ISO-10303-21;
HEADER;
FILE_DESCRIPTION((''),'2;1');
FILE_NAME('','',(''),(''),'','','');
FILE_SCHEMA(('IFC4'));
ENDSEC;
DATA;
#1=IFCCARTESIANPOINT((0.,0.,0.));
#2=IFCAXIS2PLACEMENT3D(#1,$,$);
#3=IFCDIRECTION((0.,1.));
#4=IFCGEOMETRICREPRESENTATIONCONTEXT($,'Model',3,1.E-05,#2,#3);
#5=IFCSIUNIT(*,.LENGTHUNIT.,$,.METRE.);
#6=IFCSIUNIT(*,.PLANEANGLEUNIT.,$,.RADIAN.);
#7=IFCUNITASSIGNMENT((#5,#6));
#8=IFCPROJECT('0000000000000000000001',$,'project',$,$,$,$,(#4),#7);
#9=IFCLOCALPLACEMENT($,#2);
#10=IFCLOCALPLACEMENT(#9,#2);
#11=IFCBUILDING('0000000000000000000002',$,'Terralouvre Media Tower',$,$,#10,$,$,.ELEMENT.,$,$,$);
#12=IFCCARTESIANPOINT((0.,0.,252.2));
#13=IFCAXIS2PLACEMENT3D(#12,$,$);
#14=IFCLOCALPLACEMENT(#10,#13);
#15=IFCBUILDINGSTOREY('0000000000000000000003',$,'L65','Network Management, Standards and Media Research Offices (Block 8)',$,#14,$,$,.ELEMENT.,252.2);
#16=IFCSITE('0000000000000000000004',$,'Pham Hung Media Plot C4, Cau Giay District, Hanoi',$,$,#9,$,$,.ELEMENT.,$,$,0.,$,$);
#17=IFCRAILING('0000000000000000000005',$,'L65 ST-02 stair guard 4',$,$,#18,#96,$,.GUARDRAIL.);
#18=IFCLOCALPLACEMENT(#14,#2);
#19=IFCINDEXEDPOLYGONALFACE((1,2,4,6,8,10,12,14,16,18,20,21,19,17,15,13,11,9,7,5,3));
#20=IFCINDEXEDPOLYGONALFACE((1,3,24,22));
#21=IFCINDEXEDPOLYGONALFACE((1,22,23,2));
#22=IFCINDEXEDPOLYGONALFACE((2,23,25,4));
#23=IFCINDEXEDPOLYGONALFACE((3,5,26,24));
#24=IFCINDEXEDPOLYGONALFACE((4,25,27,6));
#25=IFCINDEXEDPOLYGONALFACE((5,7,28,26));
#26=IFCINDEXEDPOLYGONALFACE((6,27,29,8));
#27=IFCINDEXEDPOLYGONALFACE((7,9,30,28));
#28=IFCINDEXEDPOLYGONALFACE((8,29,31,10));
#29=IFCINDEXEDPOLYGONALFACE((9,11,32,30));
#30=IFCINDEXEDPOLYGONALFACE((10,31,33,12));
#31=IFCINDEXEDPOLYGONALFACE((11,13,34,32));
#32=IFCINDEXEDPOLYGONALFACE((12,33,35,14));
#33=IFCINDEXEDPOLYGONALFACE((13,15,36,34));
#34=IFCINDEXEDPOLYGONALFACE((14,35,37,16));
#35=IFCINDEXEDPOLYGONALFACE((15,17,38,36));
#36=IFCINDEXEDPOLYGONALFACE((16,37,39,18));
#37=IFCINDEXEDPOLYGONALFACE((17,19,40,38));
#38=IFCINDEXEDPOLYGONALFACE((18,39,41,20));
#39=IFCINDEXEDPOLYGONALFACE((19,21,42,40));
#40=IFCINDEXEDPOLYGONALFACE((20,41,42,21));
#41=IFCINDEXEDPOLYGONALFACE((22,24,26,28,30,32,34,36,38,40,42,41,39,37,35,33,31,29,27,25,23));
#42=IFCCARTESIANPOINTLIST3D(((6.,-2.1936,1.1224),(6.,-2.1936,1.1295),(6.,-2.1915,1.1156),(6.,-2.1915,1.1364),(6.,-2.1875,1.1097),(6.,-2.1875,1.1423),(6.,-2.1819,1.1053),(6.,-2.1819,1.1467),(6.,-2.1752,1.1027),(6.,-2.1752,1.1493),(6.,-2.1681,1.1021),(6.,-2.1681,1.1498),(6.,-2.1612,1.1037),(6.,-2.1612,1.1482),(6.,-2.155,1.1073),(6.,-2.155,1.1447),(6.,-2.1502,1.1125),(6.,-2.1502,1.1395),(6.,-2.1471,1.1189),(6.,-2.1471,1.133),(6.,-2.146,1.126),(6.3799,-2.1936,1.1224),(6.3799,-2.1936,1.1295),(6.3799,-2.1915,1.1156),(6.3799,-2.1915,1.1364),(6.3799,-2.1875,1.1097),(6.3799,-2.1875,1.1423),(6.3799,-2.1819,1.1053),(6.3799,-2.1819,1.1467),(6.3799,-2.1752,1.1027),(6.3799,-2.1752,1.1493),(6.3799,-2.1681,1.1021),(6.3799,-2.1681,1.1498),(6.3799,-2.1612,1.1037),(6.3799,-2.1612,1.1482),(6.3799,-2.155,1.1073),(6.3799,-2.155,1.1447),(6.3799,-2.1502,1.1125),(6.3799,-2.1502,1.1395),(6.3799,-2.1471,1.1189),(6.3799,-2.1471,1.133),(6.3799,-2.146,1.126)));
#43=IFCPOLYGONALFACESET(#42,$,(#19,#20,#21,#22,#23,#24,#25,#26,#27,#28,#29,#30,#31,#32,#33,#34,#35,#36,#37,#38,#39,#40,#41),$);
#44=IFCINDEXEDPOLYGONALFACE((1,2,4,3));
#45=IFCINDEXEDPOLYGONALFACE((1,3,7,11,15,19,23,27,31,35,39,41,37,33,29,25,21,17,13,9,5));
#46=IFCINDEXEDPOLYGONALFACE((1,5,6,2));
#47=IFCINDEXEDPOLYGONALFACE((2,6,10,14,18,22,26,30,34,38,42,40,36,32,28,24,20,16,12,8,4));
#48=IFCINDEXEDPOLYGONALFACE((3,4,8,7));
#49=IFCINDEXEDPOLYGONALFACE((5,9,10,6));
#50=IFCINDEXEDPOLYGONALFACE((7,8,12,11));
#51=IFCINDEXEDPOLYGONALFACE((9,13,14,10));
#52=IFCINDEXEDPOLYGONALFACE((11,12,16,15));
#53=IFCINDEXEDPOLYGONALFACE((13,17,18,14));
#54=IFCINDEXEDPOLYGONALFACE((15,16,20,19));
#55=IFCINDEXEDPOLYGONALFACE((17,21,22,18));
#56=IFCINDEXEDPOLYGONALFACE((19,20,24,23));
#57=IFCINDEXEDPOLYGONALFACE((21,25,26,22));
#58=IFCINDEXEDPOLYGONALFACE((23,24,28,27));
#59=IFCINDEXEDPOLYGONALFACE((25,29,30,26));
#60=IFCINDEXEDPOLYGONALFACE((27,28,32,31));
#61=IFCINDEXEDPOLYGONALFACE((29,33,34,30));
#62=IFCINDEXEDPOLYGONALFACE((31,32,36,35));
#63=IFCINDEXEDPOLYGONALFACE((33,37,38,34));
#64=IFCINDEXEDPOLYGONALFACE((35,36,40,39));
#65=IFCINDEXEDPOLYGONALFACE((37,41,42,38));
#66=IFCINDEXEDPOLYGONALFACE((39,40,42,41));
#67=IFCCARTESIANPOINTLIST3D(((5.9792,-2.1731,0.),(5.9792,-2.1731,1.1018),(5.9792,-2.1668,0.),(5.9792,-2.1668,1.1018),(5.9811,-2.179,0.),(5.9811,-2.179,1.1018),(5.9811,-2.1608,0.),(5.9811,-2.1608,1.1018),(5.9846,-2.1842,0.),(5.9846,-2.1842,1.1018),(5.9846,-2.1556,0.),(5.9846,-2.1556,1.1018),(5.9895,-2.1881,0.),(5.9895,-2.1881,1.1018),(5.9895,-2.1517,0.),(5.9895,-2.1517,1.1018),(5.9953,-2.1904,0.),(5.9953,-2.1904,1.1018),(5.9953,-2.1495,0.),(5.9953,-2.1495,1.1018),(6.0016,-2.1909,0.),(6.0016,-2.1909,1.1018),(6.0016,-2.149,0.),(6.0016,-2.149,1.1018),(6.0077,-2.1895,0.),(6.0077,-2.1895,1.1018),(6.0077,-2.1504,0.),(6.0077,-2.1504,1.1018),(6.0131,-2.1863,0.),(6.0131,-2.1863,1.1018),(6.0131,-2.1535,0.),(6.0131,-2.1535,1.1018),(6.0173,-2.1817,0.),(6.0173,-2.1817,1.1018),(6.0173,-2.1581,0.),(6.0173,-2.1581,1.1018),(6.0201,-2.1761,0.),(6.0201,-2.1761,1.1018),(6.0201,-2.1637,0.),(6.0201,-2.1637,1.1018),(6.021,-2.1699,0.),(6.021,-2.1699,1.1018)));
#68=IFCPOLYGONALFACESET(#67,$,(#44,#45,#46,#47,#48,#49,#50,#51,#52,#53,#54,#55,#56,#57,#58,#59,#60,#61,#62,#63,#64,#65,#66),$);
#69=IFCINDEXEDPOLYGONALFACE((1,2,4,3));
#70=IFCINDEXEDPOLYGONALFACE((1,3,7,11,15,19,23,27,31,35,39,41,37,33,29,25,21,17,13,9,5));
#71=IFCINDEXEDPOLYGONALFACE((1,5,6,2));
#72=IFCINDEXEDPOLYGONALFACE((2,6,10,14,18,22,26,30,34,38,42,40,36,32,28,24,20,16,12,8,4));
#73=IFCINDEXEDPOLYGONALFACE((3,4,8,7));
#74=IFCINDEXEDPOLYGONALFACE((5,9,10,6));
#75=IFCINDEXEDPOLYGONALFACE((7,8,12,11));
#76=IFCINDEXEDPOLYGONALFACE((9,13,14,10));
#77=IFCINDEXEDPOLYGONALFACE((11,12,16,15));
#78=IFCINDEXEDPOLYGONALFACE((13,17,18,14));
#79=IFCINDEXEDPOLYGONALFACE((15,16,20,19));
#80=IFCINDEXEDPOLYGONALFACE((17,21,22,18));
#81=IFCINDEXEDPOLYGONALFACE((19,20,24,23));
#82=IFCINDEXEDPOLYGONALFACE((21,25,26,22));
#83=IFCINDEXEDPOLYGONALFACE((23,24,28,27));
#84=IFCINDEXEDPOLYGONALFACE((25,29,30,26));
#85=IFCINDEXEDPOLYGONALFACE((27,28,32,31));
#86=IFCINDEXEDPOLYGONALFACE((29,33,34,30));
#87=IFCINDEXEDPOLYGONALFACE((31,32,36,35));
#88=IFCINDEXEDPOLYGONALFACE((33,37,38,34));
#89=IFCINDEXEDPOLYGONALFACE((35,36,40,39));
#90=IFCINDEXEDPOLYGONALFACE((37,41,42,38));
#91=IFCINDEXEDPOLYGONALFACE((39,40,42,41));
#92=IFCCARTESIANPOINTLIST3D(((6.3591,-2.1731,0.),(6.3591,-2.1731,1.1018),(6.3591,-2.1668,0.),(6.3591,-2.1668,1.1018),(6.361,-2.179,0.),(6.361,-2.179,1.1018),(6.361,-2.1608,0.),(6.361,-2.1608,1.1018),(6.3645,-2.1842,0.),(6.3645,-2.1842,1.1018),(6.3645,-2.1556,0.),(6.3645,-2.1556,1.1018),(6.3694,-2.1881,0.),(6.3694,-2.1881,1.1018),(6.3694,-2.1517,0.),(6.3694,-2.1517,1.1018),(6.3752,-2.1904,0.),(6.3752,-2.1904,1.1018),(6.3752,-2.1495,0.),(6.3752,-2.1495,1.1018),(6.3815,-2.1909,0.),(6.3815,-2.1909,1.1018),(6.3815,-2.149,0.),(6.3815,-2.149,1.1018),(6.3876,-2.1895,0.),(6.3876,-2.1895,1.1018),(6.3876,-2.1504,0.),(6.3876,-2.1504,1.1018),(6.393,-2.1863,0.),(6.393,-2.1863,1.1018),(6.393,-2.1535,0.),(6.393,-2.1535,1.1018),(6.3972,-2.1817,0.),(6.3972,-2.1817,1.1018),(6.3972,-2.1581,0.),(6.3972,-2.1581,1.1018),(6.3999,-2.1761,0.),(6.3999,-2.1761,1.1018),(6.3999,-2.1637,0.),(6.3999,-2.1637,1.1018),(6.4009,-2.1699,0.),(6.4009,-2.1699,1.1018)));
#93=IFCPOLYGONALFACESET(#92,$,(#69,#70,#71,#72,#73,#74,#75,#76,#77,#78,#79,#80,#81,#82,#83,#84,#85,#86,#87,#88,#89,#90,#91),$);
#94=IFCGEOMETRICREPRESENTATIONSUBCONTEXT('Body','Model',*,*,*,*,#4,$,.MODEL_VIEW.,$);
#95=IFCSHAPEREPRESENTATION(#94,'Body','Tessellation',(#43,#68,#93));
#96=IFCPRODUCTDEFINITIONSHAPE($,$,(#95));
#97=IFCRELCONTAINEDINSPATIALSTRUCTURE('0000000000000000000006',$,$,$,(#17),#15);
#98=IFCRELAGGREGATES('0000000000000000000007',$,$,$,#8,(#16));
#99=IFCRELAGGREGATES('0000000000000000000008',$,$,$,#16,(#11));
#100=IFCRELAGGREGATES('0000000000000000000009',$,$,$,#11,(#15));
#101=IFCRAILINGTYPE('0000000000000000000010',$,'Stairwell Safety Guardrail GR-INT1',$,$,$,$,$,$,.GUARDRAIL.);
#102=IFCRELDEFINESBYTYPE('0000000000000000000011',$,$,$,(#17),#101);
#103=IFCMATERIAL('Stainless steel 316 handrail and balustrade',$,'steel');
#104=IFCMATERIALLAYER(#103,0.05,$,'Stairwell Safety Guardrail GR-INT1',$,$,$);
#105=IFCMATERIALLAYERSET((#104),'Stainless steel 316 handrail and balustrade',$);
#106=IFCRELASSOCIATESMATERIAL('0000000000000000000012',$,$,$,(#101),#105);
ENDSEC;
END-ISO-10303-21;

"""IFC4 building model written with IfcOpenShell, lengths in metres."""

from ifc_helpers import new_model, si_unit, direction, frame, origin, origin_2d, place, context, subcontext, project, spatial, circle, extrude, material, layer, layer_set, type_object, element, save


model = new_model("IFC4")

# Units and contexts
model_context = context("Model", 3, precision=1e-05, world=origin(), true_north=direction((0.0, 1.0)))
body_context = subcontext(model_context, "Body", "Model", "MODEL_VIEW")
ifc_project = project(units=[si_unit("LENGTHUNIT", "METRE"), si_unit("PLANEANGLEUNIT", "RADIAN")], contexts=[model_context])

# Site, building, storey
site_placement = place(None, origin())
site = spatial("IfcSite", under=ifc_project, at=site_placement, Name="Pham Hung Media Plot C4, Cau Giay District, Hanoi", CompositionType="ELEMENT", RefElevation=0.0)
building_placement = place(site_placement, origin())
building = spatial("IfcBuilding", under=site, at=building_placement, Name="Terralouvre Media Tower", CompositionType="ELEMENT")
storey_placement = place(building_placement, frame((0.0, 0.0, 252.2)))
storey = spatial("IfcBuildingStorey", under=building, at=storey_placement, Name="L65", Description="Network Management, Standards and Media Research Offices (Block 8)", CompositionType="ELEMENT", Elevation=252.2)

# Railing
ifc_material_1 = material(Name="Stainless steel 316 handrail and balustrade", Category="steel")
ifc_layer_1 = layer(ifc_material_1, 0.05, Name="Stairwell Safety Guardrail GR-INT1")
ifc_layer_set_1 = layer_set([ifc_layer_1], Name="Stainless steel 316 handrail and balustrade")
railing_type_1 = type_object("IfcRailingType", Name="Stairwell Safety Guardrail GR-INT1", PredefinedType="GUARDRAIL", material=ifc_layer_set_1)
railing_1_placement = place(storey_placement, frame((6.0, -2.1699, 0.0)))
element("IfcRailing", 1, at=railing_1_placement, inside=storey, type_object=railing_type_1, Name="L65 ST-02 stair guard 4", PredefinedType="GUARDRAIL", context=body_context, shape_type="SweptSolid", body=[
    extrude(circle(Radius=0.0239, at=origin_2d()), frame((0.0, 0.0, 1.126), z_axis=(1.0, 0.0, 0.0), x_axis=(0.0, 1.0, 0.0)), (0.0, 0.0, 1.0), 0.3799),
    extrude(circle(Radius=0.021, at=origin_2d()), origin(), (0.0, 0.0, 1.0), 1.1018),
    extrude(circle(Radius=0.021, at=origin_2d()), frame((0.3799, 0.0, 0.0)), (0.0, 0.0, 1.0), 1.1018),
])

save(model, "model.ifc")
